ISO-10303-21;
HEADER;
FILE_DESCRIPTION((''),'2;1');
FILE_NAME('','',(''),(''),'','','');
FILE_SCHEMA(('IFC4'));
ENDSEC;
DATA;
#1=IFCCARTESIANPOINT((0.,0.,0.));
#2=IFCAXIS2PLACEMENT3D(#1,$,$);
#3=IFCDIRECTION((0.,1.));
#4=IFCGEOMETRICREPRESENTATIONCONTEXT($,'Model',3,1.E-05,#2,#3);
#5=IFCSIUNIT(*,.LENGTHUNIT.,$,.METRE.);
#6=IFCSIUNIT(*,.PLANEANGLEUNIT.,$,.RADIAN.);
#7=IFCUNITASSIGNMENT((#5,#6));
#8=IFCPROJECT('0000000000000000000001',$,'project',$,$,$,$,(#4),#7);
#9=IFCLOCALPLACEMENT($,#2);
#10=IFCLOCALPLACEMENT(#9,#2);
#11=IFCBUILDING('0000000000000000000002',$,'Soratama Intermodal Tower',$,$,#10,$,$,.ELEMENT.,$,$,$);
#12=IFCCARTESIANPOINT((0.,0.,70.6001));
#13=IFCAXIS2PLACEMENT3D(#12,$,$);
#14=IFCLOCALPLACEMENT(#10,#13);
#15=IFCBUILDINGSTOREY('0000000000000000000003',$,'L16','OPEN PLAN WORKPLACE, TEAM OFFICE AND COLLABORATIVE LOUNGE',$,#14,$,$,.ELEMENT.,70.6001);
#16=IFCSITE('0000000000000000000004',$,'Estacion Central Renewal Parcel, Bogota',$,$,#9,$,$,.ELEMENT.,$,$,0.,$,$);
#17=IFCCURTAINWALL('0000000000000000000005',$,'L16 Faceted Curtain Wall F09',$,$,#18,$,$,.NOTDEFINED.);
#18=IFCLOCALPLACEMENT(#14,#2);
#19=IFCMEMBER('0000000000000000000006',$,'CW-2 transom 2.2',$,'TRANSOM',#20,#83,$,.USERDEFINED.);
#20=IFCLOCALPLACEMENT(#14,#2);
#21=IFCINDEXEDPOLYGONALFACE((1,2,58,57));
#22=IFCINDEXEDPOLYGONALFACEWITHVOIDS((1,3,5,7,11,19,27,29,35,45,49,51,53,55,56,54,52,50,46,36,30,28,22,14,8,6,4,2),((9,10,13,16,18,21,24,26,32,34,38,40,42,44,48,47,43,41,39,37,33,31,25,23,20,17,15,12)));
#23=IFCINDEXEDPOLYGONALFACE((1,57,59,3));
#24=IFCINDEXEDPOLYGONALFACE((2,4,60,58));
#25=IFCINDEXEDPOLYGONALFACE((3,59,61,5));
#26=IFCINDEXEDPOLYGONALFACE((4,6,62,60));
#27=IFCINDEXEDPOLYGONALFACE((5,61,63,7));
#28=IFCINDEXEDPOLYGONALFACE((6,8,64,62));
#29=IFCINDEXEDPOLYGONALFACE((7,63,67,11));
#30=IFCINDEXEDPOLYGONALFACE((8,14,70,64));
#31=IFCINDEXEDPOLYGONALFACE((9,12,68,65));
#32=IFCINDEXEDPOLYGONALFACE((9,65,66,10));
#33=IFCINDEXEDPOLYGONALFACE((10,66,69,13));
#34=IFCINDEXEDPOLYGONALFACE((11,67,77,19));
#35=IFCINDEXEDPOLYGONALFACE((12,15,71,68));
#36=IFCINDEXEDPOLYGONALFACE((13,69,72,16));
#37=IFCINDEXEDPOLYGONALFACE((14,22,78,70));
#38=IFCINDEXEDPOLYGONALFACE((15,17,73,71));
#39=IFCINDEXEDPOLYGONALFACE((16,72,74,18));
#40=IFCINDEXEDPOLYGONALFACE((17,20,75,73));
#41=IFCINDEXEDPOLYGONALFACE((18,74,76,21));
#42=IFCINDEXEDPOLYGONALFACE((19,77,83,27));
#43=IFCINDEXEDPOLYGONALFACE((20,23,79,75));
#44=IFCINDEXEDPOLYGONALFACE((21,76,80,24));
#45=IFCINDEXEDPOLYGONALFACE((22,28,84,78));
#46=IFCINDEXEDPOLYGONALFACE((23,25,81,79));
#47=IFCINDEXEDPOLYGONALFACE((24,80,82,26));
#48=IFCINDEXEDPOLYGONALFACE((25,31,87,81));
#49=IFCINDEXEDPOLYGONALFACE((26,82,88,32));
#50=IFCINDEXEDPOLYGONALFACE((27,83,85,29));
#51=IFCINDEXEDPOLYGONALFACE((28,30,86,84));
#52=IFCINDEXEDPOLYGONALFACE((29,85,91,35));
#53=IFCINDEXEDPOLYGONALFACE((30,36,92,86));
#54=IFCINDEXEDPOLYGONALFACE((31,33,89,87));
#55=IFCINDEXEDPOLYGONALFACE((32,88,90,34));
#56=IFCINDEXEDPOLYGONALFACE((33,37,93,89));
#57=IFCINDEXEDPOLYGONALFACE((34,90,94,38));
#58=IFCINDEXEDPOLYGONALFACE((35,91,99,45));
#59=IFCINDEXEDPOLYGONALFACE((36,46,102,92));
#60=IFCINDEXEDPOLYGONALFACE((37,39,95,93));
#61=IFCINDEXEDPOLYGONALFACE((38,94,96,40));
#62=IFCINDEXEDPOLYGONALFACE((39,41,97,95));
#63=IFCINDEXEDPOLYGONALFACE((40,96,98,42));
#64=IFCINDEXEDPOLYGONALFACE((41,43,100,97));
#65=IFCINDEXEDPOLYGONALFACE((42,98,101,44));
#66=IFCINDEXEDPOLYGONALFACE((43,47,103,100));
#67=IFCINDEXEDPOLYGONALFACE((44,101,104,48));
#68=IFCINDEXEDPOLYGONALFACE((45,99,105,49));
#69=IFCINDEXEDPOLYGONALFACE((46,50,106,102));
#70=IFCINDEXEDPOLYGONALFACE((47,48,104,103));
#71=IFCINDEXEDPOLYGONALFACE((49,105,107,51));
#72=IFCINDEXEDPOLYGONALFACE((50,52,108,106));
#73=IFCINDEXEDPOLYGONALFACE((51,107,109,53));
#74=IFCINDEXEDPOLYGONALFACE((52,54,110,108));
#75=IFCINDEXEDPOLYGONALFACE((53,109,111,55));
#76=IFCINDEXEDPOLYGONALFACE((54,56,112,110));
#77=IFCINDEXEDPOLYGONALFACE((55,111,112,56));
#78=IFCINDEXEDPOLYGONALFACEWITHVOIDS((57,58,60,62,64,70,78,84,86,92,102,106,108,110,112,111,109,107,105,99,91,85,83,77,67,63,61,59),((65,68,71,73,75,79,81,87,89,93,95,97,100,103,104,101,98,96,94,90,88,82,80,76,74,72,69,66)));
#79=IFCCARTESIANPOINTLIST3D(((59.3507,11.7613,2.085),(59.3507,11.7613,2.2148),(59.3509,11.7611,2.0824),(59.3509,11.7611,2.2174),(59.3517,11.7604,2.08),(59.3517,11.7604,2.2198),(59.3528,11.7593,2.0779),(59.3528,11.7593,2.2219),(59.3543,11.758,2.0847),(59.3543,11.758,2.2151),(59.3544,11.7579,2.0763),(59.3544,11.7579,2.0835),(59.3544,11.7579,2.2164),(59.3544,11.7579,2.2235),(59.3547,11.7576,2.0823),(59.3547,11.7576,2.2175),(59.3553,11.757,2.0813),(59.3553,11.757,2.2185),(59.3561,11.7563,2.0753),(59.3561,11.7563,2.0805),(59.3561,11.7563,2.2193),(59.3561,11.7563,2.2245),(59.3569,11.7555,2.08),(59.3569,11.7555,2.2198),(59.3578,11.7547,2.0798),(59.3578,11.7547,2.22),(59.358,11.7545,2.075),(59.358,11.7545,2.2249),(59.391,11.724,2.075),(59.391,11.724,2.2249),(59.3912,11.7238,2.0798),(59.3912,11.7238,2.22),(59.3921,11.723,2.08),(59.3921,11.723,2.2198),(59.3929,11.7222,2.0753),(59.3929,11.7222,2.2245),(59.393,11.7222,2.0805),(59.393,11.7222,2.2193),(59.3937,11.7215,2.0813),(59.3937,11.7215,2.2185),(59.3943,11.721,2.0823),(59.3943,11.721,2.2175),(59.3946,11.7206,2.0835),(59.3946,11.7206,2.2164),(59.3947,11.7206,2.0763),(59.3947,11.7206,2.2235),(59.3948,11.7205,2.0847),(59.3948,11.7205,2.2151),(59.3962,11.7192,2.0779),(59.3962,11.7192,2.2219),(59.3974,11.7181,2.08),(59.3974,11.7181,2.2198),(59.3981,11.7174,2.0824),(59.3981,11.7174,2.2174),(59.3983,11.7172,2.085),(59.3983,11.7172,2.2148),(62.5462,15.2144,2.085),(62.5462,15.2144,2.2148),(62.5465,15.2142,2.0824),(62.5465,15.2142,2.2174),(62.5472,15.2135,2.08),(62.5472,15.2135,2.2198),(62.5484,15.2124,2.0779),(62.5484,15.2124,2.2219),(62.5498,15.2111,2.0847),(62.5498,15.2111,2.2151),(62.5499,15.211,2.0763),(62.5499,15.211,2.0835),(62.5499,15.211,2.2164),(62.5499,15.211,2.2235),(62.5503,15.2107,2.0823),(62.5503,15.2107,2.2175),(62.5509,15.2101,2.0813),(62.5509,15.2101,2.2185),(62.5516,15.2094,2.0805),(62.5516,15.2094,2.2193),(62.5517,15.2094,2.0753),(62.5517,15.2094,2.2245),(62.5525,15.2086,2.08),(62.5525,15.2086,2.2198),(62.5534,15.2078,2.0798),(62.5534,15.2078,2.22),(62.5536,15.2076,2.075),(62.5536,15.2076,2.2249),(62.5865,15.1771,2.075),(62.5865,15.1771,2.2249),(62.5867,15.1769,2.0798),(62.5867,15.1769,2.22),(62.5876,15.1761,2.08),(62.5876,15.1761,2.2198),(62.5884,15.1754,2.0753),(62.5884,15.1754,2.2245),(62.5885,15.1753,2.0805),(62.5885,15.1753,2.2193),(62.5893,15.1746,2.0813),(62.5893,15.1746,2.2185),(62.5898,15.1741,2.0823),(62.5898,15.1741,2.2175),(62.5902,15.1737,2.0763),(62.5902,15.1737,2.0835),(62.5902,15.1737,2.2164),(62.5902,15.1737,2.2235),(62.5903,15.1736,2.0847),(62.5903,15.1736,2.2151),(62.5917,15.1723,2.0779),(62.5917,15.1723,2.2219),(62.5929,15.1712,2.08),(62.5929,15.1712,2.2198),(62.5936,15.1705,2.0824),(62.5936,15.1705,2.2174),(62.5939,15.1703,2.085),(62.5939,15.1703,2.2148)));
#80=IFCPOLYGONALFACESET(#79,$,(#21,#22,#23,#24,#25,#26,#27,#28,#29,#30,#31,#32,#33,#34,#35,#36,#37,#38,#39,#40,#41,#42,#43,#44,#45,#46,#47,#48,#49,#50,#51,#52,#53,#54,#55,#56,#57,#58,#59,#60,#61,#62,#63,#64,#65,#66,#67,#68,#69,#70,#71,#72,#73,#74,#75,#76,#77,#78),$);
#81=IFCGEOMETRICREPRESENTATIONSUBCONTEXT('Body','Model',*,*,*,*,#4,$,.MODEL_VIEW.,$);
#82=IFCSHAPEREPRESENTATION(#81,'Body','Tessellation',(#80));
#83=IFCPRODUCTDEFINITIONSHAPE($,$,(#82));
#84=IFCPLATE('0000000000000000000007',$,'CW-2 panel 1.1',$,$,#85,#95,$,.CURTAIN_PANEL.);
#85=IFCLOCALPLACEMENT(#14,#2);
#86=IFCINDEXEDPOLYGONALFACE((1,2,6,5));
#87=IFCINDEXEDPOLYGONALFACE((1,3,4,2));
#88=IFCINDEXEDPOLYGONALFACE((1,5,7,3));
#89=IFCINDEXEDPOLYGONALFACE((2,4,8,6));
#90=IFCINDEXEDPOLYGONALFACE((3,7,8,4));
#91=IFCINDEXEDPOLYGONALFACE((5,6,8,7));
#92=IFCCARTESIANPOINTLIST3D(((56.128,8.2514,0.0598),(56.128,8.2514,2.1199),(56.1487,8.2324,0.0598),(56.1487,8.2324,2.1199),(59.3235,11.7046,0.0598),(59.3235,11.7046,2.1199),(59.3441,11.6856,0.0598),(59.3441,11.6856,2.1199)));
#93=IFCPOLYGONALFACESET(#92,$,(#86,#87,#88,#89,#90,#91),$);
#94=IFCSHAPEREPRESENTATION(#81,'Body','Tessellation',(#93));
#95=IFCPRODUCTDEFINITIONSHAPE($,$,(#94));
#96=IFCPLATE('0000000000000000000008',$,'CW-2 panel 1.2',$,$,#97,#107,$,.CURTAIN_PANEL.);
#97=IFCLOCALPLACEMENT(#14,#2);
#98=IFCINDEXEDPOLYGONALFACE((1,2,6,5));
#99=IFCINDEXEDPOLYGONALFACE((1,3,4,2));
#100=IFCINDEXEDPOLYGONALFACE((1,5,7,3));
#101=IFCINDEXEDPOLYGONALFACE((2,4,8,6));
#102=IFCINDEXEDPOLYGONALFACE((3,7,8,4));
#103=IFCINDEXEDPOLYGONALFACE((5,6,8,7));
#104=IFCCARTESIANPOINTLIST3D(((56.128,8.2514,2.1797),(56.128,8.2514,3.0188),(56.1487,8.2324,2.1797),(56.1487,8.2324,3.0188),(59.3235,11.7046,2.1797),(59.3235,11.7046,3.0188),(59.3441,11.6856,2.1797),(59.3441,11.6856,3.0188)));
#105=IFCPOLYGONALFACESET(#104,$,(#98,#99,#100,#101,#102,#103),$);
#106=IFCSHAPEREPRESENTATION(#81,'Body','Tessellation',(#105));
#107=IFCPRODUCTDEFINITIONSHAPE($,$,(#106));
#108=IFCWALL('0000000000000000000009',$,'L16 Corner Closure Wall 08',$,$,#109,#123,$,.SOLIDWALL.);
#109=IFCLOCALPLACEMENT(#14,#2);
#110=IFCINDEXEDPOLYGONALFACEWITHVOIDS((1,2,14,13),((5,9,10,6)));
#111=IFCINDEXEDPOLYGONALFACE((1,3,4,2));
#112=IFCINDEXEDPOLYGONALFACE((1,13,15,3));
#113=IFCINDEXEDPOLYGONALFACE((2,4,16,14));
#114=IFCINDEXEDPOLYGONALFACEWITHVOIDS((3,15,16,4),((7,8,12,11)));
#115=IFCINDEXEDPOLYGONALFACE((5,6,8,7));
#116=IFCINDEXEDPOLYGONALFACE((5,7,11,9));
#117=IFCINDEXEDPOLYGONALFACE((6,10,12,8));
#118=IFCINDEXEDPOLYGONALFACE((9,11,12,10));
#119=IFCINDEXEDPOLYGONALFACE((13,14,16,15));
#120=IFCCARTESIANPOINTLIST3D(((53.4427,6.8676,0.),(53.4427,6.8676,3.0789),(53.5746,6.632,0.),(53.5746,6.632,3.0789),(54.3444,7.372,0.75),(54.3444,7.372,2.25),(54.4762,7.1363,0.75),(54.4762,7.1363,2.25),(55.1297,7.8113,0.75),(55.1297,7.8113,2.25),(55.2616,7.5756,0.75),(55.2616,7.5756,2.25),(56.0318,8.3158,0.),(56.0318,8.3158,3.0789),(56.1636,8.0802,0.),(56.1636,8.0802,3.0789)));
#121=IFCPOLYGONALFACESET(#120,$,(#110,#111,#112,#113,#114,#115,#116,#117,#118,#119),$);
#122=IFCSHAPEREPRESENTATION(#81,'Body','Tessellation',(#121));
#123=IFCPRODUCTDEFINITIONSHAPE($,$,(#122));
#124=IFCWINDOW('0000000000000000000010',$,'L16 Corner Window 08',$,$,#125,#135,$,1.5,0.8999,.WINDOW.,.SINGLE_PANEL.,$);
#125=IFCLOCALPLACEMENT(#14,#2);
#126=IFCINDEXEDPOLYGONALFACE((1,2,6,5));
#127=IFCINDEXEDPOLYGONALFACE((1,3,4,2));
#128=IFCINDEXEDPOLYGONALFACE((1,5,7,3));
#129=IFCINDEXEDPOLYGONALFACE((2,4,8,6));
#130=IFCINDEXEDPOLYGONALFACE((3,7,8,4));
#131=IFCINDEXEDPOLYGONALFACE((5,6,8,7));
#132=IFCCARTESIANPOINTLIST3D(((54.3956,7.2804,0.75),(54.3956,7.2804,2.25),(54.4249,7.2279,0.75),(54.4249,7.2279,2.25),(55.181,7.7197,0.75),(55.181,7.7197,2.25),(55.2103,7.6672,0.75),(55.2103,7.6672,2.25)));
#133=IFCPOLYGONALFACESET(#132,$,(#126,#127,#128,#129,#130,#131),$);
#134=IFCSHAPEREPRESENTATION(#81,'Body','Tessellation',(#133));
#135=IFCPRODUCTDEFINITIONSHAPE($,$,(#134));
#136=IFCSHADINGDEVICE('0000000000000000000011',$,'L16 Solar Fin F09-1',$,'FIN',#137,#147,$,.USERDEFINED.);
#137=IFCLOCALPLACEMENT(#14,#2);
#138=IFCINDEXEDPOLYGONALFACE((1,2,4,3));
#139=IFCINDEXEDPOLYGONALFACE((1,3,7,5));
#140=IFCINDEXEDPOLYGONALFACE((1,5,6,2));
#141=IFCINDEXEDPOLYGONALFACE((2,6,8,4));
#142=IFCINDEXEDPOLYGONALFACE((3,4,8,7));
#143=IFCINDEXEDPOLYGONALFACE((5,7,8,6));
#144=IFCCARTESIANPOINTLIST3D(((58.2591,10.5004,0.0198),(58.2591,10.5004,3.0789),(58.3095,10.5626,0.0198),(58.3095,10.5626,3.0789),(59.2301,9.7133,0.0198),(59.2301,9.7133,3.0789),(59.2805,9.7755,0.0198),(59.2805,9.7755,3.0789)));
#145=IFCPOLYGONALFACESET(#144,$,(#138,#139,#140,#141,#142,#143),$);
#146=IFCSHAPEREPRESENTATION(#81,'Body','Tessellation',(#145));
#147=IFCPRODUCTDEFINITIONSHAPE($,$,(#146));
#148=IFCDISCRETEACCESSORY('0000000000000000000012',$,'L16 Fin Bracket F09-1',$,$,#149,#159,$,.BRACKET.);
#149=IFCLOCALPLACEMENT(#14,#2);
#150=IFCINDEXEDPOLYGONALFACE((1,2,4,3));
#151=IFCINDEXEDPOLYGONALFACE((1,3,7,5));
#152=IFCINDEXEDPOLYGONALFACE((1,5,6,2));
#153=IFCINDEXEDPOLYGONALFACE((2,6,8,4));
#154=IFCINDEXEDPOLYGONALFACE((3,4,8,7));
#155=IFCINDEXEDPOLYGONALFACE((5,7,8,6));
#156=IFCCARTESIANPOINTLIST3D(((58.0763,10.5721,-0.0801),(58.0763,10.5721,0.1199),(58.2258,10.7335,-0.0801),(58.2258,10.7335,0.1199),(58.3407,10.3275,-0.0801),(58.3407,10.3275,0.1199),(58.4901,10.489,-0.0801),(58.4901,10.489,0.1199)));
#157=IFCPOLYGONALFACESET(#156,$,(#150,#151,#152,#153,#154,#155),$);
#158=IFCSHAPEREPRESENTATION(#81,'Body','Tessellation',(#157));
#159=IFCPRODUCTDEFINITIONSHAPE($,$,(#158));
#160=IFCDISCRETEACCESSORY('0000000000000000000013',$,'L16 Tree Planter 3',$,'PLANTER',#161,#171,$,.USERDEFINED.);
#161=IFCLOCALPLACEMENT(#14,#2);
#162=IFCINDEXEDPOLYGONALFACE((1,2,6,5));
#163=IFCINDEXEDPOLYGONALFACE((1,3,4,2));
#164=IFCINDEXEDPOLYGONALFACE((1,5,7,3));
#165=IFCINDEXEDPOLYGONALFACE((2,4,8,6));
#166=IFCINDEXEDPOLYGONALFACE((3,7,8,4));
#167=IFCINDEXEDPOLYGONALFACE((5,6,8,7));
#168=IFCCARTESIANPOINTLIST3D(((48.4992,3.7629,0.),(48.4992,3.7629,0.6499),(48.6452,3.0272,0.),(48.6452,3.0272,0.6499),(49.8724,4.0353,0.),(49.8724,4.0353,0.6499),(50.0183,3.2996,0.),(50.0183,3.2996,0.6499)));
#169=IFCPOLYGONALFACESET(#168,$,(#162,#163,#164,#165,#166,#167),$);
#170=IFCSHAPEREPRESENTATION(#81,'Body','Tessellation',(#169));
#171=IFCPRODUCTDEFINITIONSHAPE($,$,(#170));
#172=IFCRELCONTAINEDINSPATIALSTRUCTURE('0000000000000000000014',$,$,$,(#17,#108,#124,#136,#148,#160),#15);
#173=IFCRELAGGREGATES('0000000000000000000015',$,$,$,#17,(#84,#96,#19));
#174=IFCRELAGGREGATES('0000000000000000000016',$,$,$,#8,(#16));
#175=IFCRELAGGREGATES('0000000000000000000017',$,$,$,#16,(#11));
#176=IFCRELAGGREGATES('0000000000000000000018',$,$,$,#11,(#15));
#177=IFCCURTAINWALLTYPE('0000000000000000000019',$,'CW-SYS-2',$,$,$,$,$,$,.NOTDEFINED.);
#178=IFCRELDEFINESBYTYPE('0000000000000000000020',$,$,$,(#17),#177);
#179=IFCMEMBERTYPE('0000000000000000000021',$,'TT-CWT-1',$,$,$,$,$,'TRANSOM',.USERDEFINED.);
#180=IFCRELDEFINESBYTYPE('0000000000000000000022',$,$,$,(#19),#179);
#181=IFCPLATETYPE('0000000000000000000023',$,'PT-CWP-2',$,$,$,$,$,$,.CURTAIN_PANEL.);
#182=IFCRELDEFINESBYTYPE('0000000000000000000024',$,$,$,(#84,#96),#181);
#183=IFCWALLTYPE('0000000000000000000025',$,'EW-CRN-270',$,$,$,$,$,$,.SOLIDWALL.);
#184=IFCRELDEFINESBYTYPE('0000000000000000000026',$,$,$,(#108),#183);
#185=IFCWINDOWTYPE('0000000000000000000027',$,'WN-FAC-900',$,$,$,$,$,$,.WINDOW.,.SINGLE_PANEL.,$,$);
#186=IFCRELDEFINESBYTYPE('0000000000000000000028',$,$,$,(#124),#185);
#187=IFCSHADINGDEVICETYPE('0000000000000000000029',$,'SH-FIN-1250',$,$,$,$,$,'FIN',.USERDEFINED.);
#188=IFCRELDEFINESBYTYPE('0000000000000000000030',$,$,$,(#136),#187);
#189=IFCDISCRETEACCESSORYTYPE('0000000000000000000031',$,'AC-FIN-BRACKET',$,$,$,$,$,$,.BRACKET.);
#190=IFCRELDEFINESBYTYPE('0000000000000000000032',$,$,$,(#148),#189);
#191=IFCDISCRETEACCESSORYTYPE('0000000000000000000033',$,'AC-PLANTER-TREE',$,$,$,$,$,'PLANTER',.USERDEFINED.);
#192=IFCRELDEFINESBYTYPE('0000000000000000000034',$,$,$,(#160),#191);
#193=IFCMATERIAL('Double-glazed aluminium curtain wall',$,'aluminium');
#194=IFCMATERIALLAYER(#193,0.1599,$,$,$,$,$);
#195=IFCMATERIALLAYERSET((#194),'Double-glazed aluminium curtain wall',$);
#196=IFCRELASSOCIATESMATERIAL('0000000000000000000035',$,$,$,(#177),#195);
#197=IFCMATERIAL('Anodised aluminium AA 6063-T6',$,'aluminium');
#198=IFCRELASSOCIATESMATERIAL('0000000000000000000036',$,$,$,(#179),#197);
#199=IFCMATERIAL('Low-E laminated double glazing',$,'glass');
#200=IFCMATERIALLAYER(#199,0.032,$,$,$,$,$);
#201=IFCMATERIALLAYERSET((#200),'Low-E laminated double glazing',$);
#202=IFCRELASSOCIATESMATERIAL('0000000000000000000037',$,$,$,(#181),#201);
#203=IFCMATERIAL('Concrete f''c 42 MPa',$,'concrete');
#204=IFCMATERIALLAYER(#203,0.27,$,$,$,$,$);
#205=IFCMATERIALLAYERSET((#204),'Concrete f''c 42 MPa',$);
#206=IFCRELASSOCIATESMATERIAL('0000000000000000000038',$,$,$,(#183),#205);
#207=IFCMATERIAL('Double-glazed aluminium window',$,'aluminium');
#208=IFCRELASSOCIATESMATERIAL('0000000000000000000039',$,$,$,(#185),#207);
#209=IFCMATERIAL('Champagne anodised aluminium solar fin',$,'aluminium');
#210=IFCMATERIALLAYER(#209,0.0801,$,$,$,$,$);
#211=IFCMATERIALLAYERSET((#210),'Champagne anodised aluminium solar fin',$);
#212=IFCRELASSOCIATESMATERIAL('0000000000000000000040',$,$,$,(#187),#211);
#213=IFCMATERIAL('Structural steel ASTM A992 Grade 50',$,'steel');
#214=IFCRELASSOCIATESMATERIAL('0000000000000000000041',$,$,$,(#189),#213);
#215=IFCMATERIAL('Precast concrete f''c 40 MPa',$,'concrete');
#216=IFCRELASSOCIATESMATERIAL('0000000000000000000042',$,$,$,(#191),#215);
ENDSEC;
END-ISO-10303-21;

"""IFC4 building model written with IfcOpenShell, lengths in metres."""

from ifc_helpers import new_model, si_unit, direction, frame, frame_2d, origin, origin_2d, place, context, subcontext, project, spatial, rectangle, hollow_rectangle, extrude, material, layer, layer_set, material_profile, profile_set, type_object, element, fill, aggregate, save


model = new_model("IFC4")

# Units and contexts
model_context = context("Model", 3, precision=1e-05, world=origin(), true_north=direction((0.0, 1.0)))
body_context = subcontext(model_context, "Body", "Model", "MODEL_VIEW")
ifc_project = project(units=[si_unit("LENGTHUNIT", "METRE"), si_unit("PLANEANGLEUNIT", "RADIAN")], contexts=[model_context])

# Site, building, storey
site_placement = place(None, origin())
site = spatial("IfcSite", under=ifc_project, at=site_placement, Name="Estacion Central Renewal Parcel, Bogota", CompositionType="ELEMENT", RefElevation=0.0)
building_placement = place(site_placement, origin())
building = spatial("IfcBuilding", under=site, at=building_placement, Name="Soratama Intermodal Tower", CompositionType="ELEMENT")
storey_placement = place(building_placement, frame((0.0, 0.0, 70.6001)))
storey = spatial("IfcBuildingStorey", under=building, at=storey_placement, Name="L16", Description="OPEN PLAN WORKPLACE, TEAM OFFICE AND COLLABORATIVE LOUNGE", CompositionType="ELEMENT", Elevation=70.6001)

# Curtain wall, member, plates
ifc_material_1 = material(Name="Double-glazed aluminium curtain wall", Category="aluminium")
ifc_layer_1 = layer(ifc_material_1, 0.1599)
ifc_layer_set_1 = layer_set([ifc_layer_1], Name="Double-glazed aluminium curtain wall")
curtain_wall_type = type_object("IfcCurtainWallType", Name="CW-SYS-2", PredefinedType="NOTDEFINED", material=ifc_layer_set_1)
curtain_wall_placement = place(storey_placement, origin())
curtain_wall = element("IfcCurtainWall", 1, at=curtain_wall_placement, inside=storey, type_object=curtain_wall_type, Name="L16 Faceted Curtain Wall F09", PredefinedType="NOTDEFINED")
ifc_material_2 = material(Name="Anodised aluminium AA 6063-T6", Category="aluminium")
ifc_material_profile_1 = material_profile(ifc_material_2, hollow_rectangle(XDim=0.0649, YDim=0.1499, WallThickness=0.0049, InnerFilletRadius=0.0049, OuterFilletRadius=0.01, at=origin_2d()), Name="CWT150X65X5")
ifc_profile_set_1 = profile_set([ifc_material_profile_1], Name="Anodised aluminium AA 6063-T6")
member_type_1 = type_object("IfcMemberType", Name="TT-CWT-1", ElementType="TRANSOM", PredefinedType="USERDEFINED", material=ifc_profile_set_1)
member_1_placement = place(storey_placement, frame((59.3745, 11.7393, 2.1499), z_axis=(0.679204, 0.733949, 0.0), x_axis=(-0.733949, 0.679204, 0.0)))
member_1 = element("IfcMember", 2, at=member_1_placement, type_object=member_type_1, Name="CW-2 transom 2.2", ObjectType="TRANSOM", PredefinedType="USERDEFINED", context=body_context, shape_type="SweptSolid", body=[
    extrude(hollow_rectangle(XDim=0.0649, YDim=0.1499, WallThickness=0.0049, InnerFilletRadius=0.0049, OuterFilletRadius=0.01, at=origin_2d()), origin(), (0.0, 0.0, 1.0), 4.7048),
])
ifc_material_3 = material(Name="Low-E laminated double glazing", Category="glass")
ifc_layer_2 = layer(ifc_material_3, 0.032)
ifc_layer_set_2 = layer_set([ifc_layer_2], Name="Low-E laminated double glazing")
plate_type = type_object("IfcPlateType", Name="PT-CWP-2", PredefinedType="CURTAIN_PANEL", material=ifc_layer_set_2)
plate_1_placement = place(storey_placement, frame((57.7361, 9.9685, 0.0598), z_axis=(0.0, 0.0, 1.0), x_axis=(0.679187, 0.733965, 0.0)))
plate_1 = element("IfcPlate", 3, at=plate_1_placement, type_object=plate_type, Name="CW-2 panel 1.1", PredefinedType="CURTAIN_PANEL", context=body_context, shape_type="SweptSolid", body=[
    extrude(rectangle(XDim=4.7048, YDim=0.0281, at=origin_2d()), origin(), (0.0, 0.0, 1.0), 2.0601),
])
plate_2_placement = place(storey_placement, frame((57.7361, 9.9685, 2.1797), z_axis=(0.0, 0.0, 1.0), x_axis=(0.679187, 0.733965, 0.0)))
plate_2 = element("IfcPlate", 4, at=plate_2_placement, type_object=plate_type, Name="CW-2 panel 1.2", PredefinedType="CURTAIN_PANEL", context=body_context, shape_type="SweptSolid", body=[
    extrude(rectangle(XDim=4.7048, YDim=0.0281, at=origin_2d()), origin(), (0.0, 0.0, 1.0), 0.8391),
])
aggregate(curtain_wall, [plate_1, plate_2, member_1])

# Wall, opening, window
ifc_material_4 = material(Name="Concrete f'c 42 MPa", Category="concrete")
ifc_layer_3 = layer(ifc_material_4, 0.27)
ifc_layer_set_3 = layer_set([ifc_layer_3], Name="Concrete f'c 42 MPa")
wall_type = type_object("IfcWallType", Name="EW-CRN-270", PredefinedType="SOLIDWALL", material=ifc_layer_set_3)
wall_placement = place(storey_placement, frame((53.5085, 6.7498, 0.0), z_axis=(0.0, 0.0, 1.0), x_axis=(0.872744, 0.488177, 0.0)))
wall = element("IfcWall", 5, at=wall_placement, inside=storey, type_object=wall_type, Name="L16 Corner Closure Wall 08", PredefinedType="SOLIDWALL", context=body_context, shape_type="SweptSolid", body=[
    extrude(rectangle(XDim=2.9666, YDim=0.27, at=frame_2d((1.4834, 0.0))), origin(), (0.0, 0.0, 1.0), 3.0789),
])
opening_placement = place(wall_placement, frame((1.0332, 0.0, 0.75)))
opening = element("IfcOpeningElement", 6, at=opening_placement, cuts=wall, PredefinedType="OPENING", context=body_context, shape_type="SweptSolid", body=[
    extrude(rectangle(XDim=0.8999, YDim=1.5, at=frame_2d((0.45, 0.75))), frame((0.0, 0.145, 0.0), z_axis=(0.0, -1.0, 0.0), x_axis=(1.0, 0.0, 0.0)), (0.0, 0.0, 1.0), 0.29),
])
ifc_material_5 = material(Name="Double-glazed aluminium window", Category="aluminium")
window_type = type_object("IfcWindowType", Name="WN-FAC-900", PartitioningType="SINGLE_PANEL", PredefinedType="WINDOW", material=ifc_material_5)
window_placement = place(opening_placement, origin())
window = element("IfcWindow", 7, at=window_placement, inside=storey, type_object=window_type, Name="L16 Corner Window 08", OverallHeight=1.5, OverallWidth=0.8999, PartitioningType="SINGLE_PANEL", PredefinedType="WINDOW", context=body_context, shape_type="SweptSolid", body=[
    extrude(rectangle(XDim=0.8999, YDim=1.5, at=frame_2d((0.45, 0.75))), frame((0.0, 0.03, 0.0), z_axis=(0.0, -1.0, 0.0), x_axis=(1.0, 0.0, 0.0)), (0.0, 0.0, 1.0), 0.0601),
])
fill(opening, window)

# Shading device
ifc_material_6 = material(Name="Champagne anodised aluminium solar fin", Category="aluminium")
ifc_layer_4 = layer(ifc_material_6, 0.0801)
ifc_layer_set_4 = layer_set([ifc_layer_4], Name="Champagne anodised aluminium solar fin")
shading_device_type = type_object("IfcShadingDeviceType", Name="SH-FIN-1250", ElementType="FIN", PredefinedType="USERDEFINED", material=ifc_layer_set_4)
shading_device_placement = place(storey_placement, frame((58.7698, 10.1379, 0.0198), z_axis=(0.0, 0.0, 1.0), x_axis=(0.776816, -0.629727, 0.0)))
element("IfcShadingDevice", 8, at=shading_device_placement, inside=storey, type_object=shading_device_type, Name="L16 Solar Fin F09-1", ObjectType="FIN", PredefinedType="USERDEFINED", context=body_context, shape_type="SweptSolid", body=[
    extrude(rectangle(XDim=1.25, YDim=0.0801, at=origin_2d()), origin(), (0.0, 0.0, 1.0), 3.0591),
])

# Discrete accessories
ifc_material_7 = material(Name="Structural steel ASTM A992 Grade 50", Category="steel")
discrete_accessory_type_1 = type_object("IfcDiscreteAccessoryType", Name="AC-FIN-BRACKET", PredefinedType="BRACKET", material=ifc_material_7)
discrete_accessory_1_placement = place(storey_placement, frame((58.2832, 10.5305, -0.0801), z_axis=(0.0, 0.0, 1.0), x_axis=(0.733967, -0.679185, 0.0)))
element("IfcDiscreteAccessory", 9, at=discrete_accessory_1_placement, inside=storey, type_object=discrete_accessory_type_1, Name="L16 Fin Bracket F09-1", PredefinedType="BRACKET", context=body_context, shape_type="SweptSolid", body=[
    extrude(rectangle(XDim=0.3601, YDim=0.22, at=origin_2d()), origin(), (0.0, 0.0, 1.0), 0.2),
])
ifc_material_8 = material(Name="Precast concrete f'c 40 MPa", Category="concrete")
discrete_accessory_type_2 = type_object("IfcDiscreteAccessoryType", Name="AC-PLANTER-TREE", ElementType="PLANTER", PredefinedType="USERDEFINED", material=ifc_material_8)
discrete_accessory_2_placement = place(storey_placement, frame((49.2588, 3.5312, 0.0), z_axis=(0.0, 0.0, 1.0), x_axis=(0.194577, -0.980887, 0.0)))
element("IfcDiscreteAccessory", 10, at=discrete_accessory_2_placement, inside=storey, type_object=discrete_accessory_type_2, Name="L16 Tree Planter 3", ObjectType="PLANTER", PredefinedType="USERDEFINED", context=body_context, shape_type="SweptSolid", body=[
    extrude(rectangle(XDim=0.75, YDim=1.3999, at=origin_2d()), origin(), (0.0, 0.0, 1.0), 0.6499),
])

save(model, "model.ifc")
